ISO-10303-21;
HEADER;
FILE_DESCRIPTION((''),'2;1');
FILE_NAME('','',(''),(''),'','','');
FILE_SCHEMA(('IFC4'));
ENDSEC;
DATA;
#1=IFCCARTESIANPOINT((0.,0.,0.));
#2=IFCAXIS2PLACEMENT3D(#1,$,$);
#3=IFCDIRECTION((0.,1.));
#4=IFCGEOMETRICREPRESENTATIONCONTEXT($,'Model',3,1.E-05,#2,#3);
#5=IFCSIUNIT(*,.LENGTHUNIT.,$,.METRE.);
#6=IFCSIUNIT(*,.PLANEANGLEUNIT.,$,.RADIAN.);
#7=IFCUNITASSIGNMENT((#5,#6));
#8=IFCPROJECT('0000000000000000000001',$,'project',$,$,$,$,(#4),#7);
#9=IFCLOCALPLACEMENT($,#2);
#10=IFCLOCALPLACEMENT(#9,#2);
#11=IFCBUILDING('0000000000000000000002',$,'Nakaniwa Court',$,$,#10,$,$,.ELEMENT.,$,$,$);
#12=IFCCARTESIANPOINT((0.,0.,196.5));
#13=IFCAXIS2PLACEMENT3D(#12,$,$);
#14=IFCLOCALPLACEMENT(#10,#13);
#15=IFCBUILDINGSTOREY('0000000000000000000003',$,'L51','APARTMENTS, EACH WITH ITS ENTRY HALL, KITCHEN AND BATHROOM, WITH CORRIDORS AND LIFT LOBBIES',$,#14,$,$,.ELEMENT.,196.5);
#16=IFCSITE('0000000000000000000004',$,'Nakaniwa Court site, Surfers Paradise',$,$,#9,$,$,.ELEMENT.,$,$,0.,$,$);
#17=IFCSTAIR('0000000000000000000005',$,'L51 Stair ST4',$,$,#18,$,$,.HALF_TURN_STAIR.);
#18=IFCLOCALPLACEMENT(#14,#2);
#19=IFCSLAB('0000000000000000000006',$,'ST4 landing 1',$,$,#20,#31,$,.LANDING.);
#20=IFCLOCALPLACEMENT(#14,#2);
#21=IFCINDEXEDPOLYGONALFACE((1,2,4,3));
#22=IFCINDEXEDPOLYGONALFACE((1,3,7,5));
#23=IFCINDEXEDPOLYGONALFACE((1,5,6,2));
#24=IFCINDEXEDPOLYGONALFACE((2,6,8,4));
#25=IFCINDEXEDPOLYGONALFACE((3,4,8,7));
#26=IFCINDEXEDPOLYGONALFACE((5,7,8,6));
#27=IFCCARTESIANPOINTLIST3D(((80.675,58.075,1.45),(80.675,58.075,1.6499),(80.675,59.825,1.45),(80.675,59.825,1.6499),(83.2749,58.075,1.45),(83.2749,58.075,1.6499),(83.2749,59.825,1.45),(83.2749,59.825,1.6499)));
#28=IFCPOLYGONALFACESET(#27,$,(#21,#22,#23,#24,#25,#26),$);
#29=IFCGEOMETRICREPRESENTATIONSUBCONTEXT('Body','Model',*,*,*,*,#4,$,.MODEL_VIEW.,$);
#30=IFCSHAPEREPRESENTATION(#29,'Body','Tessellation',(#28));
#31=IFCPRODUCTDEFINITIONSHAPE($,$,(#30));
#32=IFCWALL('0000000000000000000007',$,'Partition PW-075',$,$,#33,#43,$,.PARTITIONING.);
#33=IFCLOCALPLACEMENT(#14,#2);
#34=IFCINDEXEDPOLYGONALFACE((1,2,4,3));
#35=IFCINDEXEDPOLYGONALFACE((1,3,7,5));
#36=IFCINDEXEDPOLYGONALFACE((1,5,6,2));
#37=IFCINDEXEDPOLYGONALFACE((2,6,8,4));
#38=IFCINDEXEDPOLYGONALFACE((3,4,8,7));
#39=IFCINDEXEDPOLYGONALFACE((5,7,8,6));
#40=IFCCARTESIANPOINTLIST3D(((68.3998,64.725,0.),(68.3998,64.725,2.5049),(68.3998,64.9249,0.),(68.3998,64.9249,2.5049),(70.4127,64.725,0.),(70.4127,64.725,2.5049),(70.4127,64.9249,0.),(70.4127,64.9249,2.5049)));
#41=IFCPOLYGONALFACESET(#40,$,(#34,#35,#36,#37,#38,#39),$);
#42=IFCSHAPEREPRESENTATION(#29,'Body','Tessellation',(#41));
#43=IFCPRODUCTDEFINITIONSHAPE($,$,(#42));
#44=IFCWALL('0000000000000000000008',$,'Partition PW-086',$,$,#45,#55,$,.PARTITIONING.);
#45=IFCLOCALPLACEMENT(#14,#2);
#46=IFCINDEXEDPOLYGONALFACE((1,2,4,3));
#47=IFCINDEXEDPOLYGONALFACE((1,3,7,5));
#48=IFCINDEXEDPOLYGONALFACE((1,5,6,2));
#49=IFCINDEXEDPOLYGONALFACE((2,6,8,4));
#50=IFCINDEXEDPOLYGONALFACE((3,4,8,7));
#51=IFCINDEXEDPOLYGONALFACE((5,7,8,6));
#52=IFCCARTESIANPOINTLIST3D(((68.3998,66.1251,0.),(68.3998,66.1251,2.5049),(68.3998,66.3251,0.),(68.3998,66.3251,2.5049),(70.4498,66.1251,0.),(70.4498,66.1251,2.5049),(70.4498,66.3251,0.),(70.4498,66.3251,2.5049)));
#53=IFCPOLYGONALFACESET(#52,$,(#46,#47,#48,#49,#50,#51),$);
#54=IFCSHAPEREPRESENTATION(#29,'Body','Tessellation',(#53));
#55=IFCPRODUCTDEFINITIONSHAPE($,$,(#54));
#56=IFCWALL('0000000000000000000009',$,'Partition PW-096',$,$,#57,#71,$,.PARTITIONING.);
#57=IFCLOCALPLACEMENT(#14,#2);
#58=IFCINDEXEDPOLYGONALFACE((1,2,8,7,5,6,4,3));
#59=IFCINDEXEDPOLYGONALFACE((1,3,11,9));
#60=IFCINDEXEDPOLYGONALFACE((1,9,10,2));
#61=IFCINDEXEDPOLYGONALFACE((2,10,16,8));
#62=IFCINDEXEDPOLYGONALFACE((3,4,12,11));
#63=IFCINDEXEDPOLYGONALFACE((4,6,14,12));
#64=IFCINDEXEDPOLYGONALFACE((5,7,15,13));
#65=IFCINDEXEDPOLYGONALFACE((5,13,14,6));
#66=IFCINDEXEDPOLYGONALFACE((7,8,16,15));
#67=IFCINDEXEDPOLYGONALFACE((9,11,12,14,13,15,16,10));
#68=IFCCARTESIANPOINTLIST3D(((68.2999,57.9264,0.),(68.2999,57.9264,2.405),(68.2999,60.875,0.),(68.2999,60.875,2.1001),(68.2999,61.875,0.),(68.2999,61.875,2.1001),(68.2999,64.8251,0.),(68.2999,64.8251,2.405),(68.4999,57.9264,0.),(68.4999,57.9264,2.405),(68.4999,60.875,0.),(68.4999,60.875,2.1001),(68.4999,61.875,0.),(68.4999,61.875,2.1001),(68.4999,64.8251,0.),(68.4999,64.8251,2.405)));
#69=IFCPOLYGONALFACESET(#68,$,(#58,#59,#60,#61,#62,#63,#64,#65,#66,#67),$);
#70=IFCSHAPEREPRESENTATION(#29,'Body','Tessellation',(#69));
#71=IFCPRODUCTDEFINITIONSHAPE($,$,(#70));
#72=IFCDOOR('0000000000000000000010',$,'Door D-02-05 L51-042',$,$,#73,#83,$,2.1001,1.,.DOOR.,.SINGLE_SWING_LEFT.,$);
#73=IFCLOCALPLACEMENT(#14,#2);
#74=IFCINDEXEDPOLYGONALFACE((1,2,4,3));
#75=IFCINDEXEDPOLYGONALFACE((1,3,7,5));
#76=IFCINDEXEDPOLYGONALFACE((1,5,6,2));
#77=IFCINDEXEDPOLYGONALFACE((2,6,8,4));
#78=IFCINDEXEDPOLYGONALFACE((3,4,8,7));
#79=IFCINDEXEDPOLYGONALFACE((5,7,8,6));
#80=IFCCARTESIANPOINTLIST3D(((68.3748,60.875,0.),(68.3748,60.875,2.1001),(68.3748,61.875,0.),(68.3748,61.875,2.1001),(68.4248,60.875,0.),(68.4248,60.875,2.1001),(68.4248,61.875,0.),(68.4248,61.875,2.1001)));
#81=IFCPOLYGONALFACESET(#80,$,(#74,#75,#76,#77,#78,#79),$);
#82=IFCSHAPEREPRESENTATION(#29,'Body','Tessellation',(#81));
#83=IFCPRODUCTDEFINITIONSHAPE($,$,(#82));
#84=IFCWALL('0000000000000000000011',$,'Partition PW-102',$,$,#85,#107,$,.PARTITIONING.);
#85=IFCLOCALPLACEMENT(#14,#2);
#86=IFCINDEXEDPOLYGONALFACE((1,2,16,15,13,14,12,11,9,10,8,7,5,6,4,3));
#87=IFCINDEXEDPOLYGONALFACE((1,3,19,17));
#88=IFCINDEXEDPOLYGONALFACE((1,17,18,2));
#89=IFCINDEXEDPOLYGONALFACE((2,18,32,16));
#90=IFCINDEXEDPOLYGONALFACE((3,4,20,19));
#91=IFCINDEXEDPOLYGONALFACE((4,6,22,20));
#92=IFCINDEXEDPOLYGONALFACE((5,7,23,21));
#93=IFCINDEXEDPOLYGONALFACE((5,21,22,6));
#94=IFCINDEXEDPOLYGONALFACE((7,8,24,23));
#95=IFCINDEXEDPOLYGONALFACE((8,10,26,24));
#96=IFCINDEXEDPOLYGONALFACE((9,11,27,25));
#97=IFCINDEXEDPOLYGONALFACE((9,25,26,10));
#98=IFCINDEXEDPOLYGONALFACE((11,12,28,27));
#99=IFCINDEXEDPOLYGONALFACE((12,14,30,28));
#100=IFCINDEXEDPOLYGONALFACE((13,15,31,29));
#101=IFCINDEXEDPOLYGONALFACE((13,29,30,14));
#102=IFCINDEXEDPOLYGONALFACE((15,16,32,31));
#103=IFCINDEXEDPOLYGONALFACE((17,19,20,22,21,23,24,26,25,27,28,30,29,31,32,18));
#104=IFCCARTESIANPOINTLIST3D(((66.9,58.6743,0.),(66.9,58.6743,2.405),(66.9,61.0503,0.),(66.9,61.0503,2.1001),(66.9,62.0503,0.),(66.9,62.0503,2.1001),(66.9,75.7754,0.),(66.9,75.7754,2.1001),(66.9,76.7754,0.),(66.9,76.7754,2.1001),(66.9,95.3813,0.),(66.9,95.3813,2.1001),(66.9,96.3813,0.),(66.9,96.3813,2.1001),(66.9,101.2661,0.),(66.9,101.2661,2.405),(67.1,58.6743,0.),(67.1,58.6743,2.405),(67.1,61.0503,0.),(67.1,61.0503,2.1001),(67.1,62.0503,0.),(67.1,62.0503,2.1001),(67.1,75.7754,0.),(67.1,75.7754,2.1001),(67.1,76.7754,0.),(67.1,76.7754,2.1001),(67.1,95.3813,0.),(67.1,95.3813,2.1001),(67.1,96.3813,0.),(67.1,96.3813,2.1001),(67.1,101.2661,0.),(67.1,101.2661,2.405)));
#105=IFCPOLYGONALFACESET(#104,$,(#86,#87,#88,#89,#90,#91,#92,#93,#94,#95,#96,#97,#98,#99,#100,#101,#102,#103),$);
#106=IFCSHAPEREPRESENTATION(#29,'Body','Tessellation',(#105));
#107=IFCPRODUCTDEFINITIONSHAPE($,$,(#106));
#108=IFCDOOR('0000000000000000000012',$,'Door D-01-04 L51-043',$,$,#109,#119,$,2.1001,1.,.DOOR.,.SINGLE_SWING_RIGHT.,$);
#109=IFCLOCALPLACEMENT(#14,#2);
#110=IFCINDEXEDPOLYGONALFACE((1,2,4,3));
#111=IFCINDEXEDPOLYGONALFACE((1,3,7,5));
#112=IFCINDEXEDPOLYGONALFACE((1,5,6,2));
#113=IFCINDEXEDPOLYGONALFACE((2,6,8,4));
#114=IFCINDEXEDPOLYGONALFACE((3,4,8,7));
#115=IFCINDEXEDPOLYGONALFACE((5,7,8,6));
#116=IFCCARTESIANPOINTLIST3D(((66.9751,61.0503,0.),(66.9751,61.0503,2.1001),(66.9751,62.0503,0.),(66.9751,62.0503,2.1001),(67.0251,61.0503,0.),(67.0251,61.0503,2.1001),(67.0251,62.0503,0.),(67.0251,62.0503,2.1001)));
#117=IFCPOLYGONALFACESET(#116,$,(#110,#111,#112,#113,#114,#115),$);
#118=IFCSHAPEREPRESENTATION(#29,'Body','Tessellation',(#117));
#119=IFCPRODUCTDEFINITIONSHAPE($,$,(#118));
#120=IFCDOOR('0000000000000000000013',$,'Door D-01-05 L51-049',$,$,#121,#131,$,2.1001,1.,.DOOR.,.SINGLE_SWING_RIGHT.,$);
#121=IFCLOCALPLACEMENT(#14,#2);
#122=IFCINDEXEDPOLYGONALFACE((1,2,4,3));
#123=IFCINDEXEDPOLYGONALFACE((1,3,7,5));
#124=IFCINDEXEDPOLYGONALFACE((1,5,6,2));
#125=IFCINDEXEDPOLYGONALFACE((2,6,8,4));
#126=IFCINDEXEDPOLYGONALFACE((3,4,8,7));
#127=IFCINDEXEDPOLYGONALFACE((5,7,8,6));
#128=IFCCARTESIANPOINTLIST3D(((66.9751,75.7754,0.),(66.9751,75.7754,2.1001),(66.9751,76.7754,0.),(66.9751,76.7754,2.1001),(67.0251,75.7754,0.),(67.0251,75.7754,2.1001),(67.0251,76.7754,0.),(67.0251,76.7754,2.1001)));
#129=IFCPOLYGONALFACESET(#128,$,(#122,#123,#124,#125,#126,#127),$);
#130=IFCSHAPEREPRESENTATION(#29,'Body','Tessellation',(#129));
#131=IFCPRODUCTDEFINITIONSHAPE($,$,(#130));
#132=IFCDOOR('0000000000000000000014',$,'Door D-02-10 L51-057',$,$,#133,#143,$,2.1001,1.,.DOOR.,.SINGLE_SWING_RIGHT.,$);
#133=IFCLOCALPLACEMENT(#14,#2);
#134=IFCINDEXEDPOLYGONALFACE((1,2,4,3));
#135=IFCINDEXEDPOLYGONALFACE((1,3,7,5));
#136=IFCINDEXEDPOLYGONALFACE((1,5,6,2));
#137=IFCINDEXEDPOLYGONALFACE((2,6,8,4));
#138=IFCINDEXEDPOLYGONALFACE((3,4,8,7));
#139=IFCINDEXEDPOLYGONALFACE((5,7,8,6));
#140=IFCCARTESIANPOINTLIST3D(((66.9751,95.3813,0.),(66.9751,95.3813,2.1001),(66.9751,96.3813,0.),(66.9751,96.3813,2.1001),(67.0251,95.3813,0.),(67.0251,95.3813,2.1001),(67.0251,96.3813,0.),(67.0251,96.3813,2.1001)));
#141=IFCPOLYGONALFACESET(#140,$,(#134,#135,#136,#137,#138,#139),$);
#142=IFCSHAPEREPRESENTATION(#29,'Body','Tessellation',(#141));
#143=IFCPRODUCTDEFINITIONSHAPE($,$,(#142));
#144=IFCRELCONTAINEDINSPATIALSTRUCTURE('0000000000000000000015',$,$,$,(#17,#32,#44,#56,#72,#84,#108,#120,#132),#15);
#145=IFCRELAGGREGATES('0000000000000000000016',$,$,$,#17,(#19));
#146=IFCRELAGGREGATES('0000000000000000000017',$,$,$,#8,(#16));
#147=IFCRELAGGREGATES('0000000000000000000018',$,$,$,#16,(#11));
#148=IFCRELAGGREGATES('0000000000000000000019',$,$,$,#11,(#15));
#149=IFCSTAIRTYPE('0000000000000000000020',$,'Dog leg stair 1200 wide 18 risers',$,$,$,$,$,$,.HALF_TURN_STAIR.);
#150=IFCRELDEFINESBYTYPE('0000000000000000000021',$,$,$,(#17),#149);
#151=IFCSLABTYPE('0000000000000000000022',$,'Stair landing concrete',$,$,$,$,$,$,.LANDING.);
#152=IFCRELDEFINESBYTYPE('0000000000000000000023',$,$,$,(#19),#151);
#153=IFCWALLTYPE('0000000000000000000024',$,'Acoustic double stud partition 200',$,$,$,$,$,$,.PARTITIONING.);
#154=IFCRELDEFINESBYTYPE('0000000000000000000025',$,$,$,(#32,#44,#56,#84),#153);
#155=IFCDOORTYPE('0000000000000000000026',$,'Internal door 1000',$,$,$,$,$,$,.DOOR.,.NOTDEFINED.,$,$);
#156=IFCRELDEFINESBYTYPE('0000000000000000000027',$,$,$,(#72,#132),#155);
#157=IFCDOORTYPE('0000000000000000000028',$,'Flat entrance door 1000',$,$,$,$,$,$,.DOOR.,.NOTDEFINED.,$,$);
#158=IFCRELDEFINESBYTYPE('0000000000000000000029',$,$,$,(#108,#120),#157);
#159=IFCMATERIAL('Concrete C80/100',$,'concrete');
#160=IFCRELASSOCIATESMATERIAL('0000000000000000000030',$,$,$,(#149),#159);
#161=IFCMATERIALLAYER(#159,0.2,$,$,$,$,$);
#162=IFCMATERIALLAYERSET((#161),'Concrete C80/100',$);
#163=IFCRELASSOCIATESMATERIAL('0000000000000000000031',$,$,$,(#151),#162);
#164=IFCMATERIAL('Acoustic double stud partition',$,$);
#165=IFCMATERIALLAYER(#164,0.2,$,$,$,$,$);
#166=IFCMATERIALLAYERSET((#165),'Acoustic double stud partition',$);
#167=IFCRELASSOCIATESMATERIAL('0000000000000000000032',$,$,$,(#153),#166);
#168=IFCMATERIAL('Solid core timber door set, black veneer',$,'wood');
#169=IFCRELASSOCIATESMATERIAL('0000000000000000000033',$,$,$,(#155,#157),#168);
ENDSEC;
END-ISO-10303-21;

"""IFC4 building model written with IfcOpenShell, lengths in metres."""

from ifc_helpers import new_model, si_unit, direction, frame, frame_2d, origin, place, context, subcontext, project, spatial, polyline, rectangle, outline, extrude, material, layer, layer_set, type_object, element, fill, aggregate, save


model = new_model("IFC4")

# Units and contexts
model_context = context("Model", 3, precision=1e-05, world=origin(), true_north=direction((0.0, 1.0)))
body_context = subcontext(model_context, "Body", "Model", "MODEL_VIEW")
ifc_project = project(units=[si_unit("LENGTHUNIT", "METRE"), si_unit("PLANEANGLEUNIT", "RADIAN")], contexts=[model_context])

# Site, building, storey
site_placement = place(None, origin())
site = spatial("IfcSite", under=ifc_project, at=site_placement, Name="Nakaniwa Court site, Surfers Paradise", CompositionType="ELEMENT", RefElevation=0.0)
building_placement = place(site_placement, origin())
building = spatial("IfcBuilding", under=site, at=building_placement, Name="Nakaniwa Court", CompositionType="ELEMENT")
storey_placement = place(building_placement, frame((0.0, 0.0, 196.5)))
storey = spatial("IfcBuildingStorey", under=building, at=storey_placement, Name="L51", Description="APARTMENTS, EACH WITH ITS ENTRY HALL, KITCHEN AND BATHROOM, WITH CORRIDORS AND LIFT LOBBIES", CompositionType="ELEMENT", Elevation=196.5)

# Shared definitions
ifc_material_1 = material(Name="Concrete C80/100", Category="concrete")

# Stair, slab
stair_type = type_object("IfcStairType", Name="Dog leg stair 1200 wide 18 risers", PredefinedType="HALF_TURN_STAIR", material=ifc_material_1)
ifc_layer_1 = layer(ifc_material_1, 0.2)
ifc_layer_set_1 = layer_set([ifc_layer_1], Name="Concrete C80/100")
slab_type_1 = type_object("IfcSlabType", Name="Stair landing concrete", PredefinedType="LANDING", material=ifc_layer_set_1)
stair_1_placement = place(storey_placement, origin())
stair_1 = element("IfcStair", 1, at=stair_1_placement, inside=storey, type_object=stair_type, Name="L51 Stair ST4", PredefinedType="HALF_TURN_STAIR")
slab_1_placement = place(storey_placement, frame((0.0, 0.0, 1.45)))
slab_1 = element("IfcSlab", 2, at=slab_1_placement, type_object=slab_type_1, Name="ST4 landing 1", PredefinedType="LANDING", context=body_context, shape_type="SweptSolid", body=[
    extrude(outline(polyline([(83.2749, 58.075), (83.2749, 59.825), (80.675, 59.825), (80.675, 58.075), (83.2749, 58.075)])), origin(), (0.0, 0.0, 1.0), 0.2),
])
aggregate(stair_1, [slab_1])

# Walls
ifc_material_2 = material(Name="Acoustic double stud partition")
ifc_layer_2 = layer(ifc_material_2, 0.2)
ifc_layer_set_2 = layer_set([ifc_layer_2], Name="Acoustic double stud partition")
wall_type_1 = type_object("IfcWallType", Name="Acoustic double stud partition 200", PredefinedType="PARTITIONING", material=ifc_layer_set_2)
wall_1_placement = place(storey_placement, frame((68.3999, 64.825, 0.0), z_axis=(0.0, 0.0, 1.0), x_axis=(1.0, 0.0, 0.0)))
element("IfcWall", 3, at=wall_1_placement, inside=storey, type_object=wall_type_1, Name="Partition PW-075", PredefinedType="PARTITIONING", context=body_context, shape_type="SweptSolid", body=[
    extrude(rectangle(XDim=2.0129, YDim=0.2, at=frame_2d((1.0063, 0.0))), origin(), (0.0, 0.0, 1.0), 2.5049),
])
wall_2_placement = place(storey_placement, frame((68.3999, 66.2251, 0.0), z_axis=(0.0, 0.0, 1.0), x_axis=(1.0, 0.0, 0.0)))
element("IfcWall", 4, at=wall_2_placement, inside=storey, type_object=wall_type_1, Name="Partition PW-086", PredefinedType="PARTITIONING", context=body_context, shape_type="SweptSolid", body=[
    extrude(rectangle(XDim=2.05, YDim=0.2, at=frame_2d((1.0249, 0.0))), origin(), (0.0, 0.0, 1.0), 2.5049),
])

# Wall, opening, door
wall_3_placement = place(storey_placement, frame((68.3999, 64.825, 0.0), z_axis=(0.0, 0.0, 1.0), x_axis=(0.0, -1.0, 0.0)))
wall_3 = element("IfcWall", 5, at=wall_3_placement, inside=storey, type_object=wall_type_1, Name="Partition PW-096", PredefinedType="PARTITIONING", context=body_context, shape_type="SweptSolid", body=[
    extrude(rectangle(XDim=6.8987, YDim=0.2, at=frame_2d((3.4492, 0.0))), origin(), (0.0, 0.0, 1.0), 2.405),
])
opening_1_placement = place(wall_3_placement, frame((2.95, 0.0, 0.0)))
opening_1 = element("IfcOpeningElement", 6, at=opening_1_placement, cuts=wall_3, PredefinedType="OPENING", context=body_context, shape_type="SweptSolid", body=[
    extrude(rectangle(XDim=1.0, YDim=2.1001, at=frame_2d((0.5, 1.05))), frame((0.0, 0.1099, 0.0), z_axis=(0.0, -1.0, 0.0), x_axis=(1.0, 0.0, 0.0)), (0.0, 0.0, 1.0), 0.22),
])
ifc_material_3 = material(Name="Solid core timber door set, black veneer", Category="wood")
door_type_1 = type_object("IfcDoorType", Name="Internal door 1000", OperationType="NOTDEFINED", PredefinedType="DOOR", material=ifc_material_3)
door_1_placement = place(opening_1_placement, origin())
door_1 = element("IfcDoor", 7, at=door_1_placement, inside=storey, type_object=door_type_1, Name="Door D-02-05 L51-042", OperationType="SINGLE_SWING_LEFT", OverallHeight=2.1001, OverallWidth=1.0, PredefinedType="DOOR", context=body_context, shape_type="SweptSolid", body=[
    extrude(rectangle(XDim=1.0, YDim=2.1001, at=frame_2d((0.5, 1.05))), frame((0.0, 0.0249, 0.0), z_axis=(0.0, -1.0, 0.0), x_axis=(1.0, 0.0, 0.0)), (0.0, 0.0, 1.0), 0.05),
])
fill(opening_1, door_1)

# Wall, openings, doors
wall_4_placement = place(storey_placement, frame((67.0, 58.6743, 0.0), z_axis=(0.0, 0.0, 1.0), x_axis=(0.0, 1.0, 0.0)))
wall_4 = element("IfcWall", 8, at=wall_4_placement, inside=storey, type_object=wall_type_1, Name="Partition PW-102", PredefinedType="PARTITIONING", context=body_context, shape_type="SweptSolid", body=[
    extrude(rectangle(XDim=42.5918, YDim=0.2, at=frame_2d((21.2959, 0.0))), origin(), (0.0, 0.0, 1.0), 2.405),
])
opening_2_placement = place(wall_4_placement, frame((2.376, 0.0, 0.0)))
opening_2 = element("IfcOpeningElement", 9, at=opening_2_placement, cuts=wall_4, PredefinedType="OPENING", context=body_context, shape_type="SweptSolid", body=[
    extrude(rectangle(XDim=1.0, YDim=2.1001, at=frame_2d((0.5, 1.05))), frame((0.0, 0.1099, 0.0), z_axis=(0.0, -1.0, 0.0), x_axis=(1.0, 0.0, 0.0)), (0.0, 0.0, 1.0), 0.22),
])
opening_3_placement = place(wall_4_placement, frame((17.1011, 0.0, 0.0)))
opening_3 = element("IfcOpeningElement", 10, at=opening_3_placement, cuts=wall_4, PredefinedType="OPENING", context=body_context, shape_type="SweptSolid", body=[
    extrude(rectangle(XDim=1.0, YDim=2.1001, at=frame_2d((0.5, 1.05))), frame((0.0, 0.1099, 0.0), z_axis=(0.0, -1.0, 0.0), x_axis=(1.0, 0.0, 0.0)), (0.0, 0.0, 1.0), 0.22),
])
opening_4_placement = place(wall_4_placement, frame((36.707, 0.0, 0.0)))
opening_4 = element("IfcOpeningElement", 11, at=opening_4_placement, cuts=wall_4, PredefinedType="OPENING", context=body_context, shape_type="SweptSolid", body=[
    extrude(rectangle(XDim=1.0, YDim=2.1001, at=frame_2d((0.5, 1.05))), frame((0.0, 0.1099, 0.0), z_axis=(0.0, -1.0, 0.0), x_axis=(1.0, 0.0, 0.0)), (0.0, 0.0, 1.0), 0.22),
])
door_type_2 = type_object("IfcDoorType", Name="Flat entrance door 1000", OperationType="NOTDEFINED", PredefinedType="DOOR", material=ifc_material_3)
door_2_placement = place(opening_2_placement, origin())
door_2 = element("IfcDoor", 12, at=door_2_placement, inside=storey, type_object=door_type_2, Name="Door D-01-04 L51-043", OperationType="SINGLE_SWING_RIGHT", OverallHeight=2.1001, OverallWidth=1.0, PredefinedType="DOOR", context=body_context, shape_type="SweptSolid", body=[
    extrude(rectangle(XDim=1.0, YDim=2.1001, at=frame_2d((0.5, 1.05))), frame((0.0, 0.0249, 0.0), z_axis=(0.0, -1.0, 0.0), x_axis=(1.0, 0.0, 0.0)), (0.0, 0.0, 1.0), 0.05),
])
fill(opening_2, door_2)
door_3_placement = place(opening_3_placement, origin())
door_3 = element("IfcDoor", 13, at=door_3_placement, inside=storey, type_object=door_type_2, Name="Door D-01-05 L51-049", OperationType="SINGLE_SWING_RIGHT", OverallHeight=2.1001, OverallWidth=1.0, PredefinedType="DOOR", context=body_context, shape_type="SweptSolid", body=[
    extrude(rectangle(XDim=1.0, YDim=2.1001, at=frame_2d((0.5, 1.05))), frame((0.0, 0.0249, 0.0), z_axis=(0.0, -1.0, 0.0), x_axis=(1.0, 0.0, 0.0)), (0.0, 0.0, 1.0), 0.05),
])
fill(opening_3, door_3)
door_4_placement = place(opening_4_placement, origin())
door_4 = element("IfcDoor", 14, at=door_4_placement, inside=storey, type_object=door_type_1, Name="Door D-02-10 L51-057", OperationType="SINGLE_SWING_RIGHT", OverallHeight=2.1001, OverallWidth=1.0, PredefinedType="DOOR", context=body_context, shape_type="SweptSolid", body=[
    extrude(rectangle(XDim=1.0, YDim=2.1001, at=frame_2d((0.5, 1.05))), frame((0.0, 0.0249, 0.0), z_axis=(0.0, -1.0, 0.0), x_axis=(1.0, 0.0, 0.0)), (0.0, 0.0, 1.0), 0.05),
])
fill(opening_4, door_4)

save(model, "model.ifc")
